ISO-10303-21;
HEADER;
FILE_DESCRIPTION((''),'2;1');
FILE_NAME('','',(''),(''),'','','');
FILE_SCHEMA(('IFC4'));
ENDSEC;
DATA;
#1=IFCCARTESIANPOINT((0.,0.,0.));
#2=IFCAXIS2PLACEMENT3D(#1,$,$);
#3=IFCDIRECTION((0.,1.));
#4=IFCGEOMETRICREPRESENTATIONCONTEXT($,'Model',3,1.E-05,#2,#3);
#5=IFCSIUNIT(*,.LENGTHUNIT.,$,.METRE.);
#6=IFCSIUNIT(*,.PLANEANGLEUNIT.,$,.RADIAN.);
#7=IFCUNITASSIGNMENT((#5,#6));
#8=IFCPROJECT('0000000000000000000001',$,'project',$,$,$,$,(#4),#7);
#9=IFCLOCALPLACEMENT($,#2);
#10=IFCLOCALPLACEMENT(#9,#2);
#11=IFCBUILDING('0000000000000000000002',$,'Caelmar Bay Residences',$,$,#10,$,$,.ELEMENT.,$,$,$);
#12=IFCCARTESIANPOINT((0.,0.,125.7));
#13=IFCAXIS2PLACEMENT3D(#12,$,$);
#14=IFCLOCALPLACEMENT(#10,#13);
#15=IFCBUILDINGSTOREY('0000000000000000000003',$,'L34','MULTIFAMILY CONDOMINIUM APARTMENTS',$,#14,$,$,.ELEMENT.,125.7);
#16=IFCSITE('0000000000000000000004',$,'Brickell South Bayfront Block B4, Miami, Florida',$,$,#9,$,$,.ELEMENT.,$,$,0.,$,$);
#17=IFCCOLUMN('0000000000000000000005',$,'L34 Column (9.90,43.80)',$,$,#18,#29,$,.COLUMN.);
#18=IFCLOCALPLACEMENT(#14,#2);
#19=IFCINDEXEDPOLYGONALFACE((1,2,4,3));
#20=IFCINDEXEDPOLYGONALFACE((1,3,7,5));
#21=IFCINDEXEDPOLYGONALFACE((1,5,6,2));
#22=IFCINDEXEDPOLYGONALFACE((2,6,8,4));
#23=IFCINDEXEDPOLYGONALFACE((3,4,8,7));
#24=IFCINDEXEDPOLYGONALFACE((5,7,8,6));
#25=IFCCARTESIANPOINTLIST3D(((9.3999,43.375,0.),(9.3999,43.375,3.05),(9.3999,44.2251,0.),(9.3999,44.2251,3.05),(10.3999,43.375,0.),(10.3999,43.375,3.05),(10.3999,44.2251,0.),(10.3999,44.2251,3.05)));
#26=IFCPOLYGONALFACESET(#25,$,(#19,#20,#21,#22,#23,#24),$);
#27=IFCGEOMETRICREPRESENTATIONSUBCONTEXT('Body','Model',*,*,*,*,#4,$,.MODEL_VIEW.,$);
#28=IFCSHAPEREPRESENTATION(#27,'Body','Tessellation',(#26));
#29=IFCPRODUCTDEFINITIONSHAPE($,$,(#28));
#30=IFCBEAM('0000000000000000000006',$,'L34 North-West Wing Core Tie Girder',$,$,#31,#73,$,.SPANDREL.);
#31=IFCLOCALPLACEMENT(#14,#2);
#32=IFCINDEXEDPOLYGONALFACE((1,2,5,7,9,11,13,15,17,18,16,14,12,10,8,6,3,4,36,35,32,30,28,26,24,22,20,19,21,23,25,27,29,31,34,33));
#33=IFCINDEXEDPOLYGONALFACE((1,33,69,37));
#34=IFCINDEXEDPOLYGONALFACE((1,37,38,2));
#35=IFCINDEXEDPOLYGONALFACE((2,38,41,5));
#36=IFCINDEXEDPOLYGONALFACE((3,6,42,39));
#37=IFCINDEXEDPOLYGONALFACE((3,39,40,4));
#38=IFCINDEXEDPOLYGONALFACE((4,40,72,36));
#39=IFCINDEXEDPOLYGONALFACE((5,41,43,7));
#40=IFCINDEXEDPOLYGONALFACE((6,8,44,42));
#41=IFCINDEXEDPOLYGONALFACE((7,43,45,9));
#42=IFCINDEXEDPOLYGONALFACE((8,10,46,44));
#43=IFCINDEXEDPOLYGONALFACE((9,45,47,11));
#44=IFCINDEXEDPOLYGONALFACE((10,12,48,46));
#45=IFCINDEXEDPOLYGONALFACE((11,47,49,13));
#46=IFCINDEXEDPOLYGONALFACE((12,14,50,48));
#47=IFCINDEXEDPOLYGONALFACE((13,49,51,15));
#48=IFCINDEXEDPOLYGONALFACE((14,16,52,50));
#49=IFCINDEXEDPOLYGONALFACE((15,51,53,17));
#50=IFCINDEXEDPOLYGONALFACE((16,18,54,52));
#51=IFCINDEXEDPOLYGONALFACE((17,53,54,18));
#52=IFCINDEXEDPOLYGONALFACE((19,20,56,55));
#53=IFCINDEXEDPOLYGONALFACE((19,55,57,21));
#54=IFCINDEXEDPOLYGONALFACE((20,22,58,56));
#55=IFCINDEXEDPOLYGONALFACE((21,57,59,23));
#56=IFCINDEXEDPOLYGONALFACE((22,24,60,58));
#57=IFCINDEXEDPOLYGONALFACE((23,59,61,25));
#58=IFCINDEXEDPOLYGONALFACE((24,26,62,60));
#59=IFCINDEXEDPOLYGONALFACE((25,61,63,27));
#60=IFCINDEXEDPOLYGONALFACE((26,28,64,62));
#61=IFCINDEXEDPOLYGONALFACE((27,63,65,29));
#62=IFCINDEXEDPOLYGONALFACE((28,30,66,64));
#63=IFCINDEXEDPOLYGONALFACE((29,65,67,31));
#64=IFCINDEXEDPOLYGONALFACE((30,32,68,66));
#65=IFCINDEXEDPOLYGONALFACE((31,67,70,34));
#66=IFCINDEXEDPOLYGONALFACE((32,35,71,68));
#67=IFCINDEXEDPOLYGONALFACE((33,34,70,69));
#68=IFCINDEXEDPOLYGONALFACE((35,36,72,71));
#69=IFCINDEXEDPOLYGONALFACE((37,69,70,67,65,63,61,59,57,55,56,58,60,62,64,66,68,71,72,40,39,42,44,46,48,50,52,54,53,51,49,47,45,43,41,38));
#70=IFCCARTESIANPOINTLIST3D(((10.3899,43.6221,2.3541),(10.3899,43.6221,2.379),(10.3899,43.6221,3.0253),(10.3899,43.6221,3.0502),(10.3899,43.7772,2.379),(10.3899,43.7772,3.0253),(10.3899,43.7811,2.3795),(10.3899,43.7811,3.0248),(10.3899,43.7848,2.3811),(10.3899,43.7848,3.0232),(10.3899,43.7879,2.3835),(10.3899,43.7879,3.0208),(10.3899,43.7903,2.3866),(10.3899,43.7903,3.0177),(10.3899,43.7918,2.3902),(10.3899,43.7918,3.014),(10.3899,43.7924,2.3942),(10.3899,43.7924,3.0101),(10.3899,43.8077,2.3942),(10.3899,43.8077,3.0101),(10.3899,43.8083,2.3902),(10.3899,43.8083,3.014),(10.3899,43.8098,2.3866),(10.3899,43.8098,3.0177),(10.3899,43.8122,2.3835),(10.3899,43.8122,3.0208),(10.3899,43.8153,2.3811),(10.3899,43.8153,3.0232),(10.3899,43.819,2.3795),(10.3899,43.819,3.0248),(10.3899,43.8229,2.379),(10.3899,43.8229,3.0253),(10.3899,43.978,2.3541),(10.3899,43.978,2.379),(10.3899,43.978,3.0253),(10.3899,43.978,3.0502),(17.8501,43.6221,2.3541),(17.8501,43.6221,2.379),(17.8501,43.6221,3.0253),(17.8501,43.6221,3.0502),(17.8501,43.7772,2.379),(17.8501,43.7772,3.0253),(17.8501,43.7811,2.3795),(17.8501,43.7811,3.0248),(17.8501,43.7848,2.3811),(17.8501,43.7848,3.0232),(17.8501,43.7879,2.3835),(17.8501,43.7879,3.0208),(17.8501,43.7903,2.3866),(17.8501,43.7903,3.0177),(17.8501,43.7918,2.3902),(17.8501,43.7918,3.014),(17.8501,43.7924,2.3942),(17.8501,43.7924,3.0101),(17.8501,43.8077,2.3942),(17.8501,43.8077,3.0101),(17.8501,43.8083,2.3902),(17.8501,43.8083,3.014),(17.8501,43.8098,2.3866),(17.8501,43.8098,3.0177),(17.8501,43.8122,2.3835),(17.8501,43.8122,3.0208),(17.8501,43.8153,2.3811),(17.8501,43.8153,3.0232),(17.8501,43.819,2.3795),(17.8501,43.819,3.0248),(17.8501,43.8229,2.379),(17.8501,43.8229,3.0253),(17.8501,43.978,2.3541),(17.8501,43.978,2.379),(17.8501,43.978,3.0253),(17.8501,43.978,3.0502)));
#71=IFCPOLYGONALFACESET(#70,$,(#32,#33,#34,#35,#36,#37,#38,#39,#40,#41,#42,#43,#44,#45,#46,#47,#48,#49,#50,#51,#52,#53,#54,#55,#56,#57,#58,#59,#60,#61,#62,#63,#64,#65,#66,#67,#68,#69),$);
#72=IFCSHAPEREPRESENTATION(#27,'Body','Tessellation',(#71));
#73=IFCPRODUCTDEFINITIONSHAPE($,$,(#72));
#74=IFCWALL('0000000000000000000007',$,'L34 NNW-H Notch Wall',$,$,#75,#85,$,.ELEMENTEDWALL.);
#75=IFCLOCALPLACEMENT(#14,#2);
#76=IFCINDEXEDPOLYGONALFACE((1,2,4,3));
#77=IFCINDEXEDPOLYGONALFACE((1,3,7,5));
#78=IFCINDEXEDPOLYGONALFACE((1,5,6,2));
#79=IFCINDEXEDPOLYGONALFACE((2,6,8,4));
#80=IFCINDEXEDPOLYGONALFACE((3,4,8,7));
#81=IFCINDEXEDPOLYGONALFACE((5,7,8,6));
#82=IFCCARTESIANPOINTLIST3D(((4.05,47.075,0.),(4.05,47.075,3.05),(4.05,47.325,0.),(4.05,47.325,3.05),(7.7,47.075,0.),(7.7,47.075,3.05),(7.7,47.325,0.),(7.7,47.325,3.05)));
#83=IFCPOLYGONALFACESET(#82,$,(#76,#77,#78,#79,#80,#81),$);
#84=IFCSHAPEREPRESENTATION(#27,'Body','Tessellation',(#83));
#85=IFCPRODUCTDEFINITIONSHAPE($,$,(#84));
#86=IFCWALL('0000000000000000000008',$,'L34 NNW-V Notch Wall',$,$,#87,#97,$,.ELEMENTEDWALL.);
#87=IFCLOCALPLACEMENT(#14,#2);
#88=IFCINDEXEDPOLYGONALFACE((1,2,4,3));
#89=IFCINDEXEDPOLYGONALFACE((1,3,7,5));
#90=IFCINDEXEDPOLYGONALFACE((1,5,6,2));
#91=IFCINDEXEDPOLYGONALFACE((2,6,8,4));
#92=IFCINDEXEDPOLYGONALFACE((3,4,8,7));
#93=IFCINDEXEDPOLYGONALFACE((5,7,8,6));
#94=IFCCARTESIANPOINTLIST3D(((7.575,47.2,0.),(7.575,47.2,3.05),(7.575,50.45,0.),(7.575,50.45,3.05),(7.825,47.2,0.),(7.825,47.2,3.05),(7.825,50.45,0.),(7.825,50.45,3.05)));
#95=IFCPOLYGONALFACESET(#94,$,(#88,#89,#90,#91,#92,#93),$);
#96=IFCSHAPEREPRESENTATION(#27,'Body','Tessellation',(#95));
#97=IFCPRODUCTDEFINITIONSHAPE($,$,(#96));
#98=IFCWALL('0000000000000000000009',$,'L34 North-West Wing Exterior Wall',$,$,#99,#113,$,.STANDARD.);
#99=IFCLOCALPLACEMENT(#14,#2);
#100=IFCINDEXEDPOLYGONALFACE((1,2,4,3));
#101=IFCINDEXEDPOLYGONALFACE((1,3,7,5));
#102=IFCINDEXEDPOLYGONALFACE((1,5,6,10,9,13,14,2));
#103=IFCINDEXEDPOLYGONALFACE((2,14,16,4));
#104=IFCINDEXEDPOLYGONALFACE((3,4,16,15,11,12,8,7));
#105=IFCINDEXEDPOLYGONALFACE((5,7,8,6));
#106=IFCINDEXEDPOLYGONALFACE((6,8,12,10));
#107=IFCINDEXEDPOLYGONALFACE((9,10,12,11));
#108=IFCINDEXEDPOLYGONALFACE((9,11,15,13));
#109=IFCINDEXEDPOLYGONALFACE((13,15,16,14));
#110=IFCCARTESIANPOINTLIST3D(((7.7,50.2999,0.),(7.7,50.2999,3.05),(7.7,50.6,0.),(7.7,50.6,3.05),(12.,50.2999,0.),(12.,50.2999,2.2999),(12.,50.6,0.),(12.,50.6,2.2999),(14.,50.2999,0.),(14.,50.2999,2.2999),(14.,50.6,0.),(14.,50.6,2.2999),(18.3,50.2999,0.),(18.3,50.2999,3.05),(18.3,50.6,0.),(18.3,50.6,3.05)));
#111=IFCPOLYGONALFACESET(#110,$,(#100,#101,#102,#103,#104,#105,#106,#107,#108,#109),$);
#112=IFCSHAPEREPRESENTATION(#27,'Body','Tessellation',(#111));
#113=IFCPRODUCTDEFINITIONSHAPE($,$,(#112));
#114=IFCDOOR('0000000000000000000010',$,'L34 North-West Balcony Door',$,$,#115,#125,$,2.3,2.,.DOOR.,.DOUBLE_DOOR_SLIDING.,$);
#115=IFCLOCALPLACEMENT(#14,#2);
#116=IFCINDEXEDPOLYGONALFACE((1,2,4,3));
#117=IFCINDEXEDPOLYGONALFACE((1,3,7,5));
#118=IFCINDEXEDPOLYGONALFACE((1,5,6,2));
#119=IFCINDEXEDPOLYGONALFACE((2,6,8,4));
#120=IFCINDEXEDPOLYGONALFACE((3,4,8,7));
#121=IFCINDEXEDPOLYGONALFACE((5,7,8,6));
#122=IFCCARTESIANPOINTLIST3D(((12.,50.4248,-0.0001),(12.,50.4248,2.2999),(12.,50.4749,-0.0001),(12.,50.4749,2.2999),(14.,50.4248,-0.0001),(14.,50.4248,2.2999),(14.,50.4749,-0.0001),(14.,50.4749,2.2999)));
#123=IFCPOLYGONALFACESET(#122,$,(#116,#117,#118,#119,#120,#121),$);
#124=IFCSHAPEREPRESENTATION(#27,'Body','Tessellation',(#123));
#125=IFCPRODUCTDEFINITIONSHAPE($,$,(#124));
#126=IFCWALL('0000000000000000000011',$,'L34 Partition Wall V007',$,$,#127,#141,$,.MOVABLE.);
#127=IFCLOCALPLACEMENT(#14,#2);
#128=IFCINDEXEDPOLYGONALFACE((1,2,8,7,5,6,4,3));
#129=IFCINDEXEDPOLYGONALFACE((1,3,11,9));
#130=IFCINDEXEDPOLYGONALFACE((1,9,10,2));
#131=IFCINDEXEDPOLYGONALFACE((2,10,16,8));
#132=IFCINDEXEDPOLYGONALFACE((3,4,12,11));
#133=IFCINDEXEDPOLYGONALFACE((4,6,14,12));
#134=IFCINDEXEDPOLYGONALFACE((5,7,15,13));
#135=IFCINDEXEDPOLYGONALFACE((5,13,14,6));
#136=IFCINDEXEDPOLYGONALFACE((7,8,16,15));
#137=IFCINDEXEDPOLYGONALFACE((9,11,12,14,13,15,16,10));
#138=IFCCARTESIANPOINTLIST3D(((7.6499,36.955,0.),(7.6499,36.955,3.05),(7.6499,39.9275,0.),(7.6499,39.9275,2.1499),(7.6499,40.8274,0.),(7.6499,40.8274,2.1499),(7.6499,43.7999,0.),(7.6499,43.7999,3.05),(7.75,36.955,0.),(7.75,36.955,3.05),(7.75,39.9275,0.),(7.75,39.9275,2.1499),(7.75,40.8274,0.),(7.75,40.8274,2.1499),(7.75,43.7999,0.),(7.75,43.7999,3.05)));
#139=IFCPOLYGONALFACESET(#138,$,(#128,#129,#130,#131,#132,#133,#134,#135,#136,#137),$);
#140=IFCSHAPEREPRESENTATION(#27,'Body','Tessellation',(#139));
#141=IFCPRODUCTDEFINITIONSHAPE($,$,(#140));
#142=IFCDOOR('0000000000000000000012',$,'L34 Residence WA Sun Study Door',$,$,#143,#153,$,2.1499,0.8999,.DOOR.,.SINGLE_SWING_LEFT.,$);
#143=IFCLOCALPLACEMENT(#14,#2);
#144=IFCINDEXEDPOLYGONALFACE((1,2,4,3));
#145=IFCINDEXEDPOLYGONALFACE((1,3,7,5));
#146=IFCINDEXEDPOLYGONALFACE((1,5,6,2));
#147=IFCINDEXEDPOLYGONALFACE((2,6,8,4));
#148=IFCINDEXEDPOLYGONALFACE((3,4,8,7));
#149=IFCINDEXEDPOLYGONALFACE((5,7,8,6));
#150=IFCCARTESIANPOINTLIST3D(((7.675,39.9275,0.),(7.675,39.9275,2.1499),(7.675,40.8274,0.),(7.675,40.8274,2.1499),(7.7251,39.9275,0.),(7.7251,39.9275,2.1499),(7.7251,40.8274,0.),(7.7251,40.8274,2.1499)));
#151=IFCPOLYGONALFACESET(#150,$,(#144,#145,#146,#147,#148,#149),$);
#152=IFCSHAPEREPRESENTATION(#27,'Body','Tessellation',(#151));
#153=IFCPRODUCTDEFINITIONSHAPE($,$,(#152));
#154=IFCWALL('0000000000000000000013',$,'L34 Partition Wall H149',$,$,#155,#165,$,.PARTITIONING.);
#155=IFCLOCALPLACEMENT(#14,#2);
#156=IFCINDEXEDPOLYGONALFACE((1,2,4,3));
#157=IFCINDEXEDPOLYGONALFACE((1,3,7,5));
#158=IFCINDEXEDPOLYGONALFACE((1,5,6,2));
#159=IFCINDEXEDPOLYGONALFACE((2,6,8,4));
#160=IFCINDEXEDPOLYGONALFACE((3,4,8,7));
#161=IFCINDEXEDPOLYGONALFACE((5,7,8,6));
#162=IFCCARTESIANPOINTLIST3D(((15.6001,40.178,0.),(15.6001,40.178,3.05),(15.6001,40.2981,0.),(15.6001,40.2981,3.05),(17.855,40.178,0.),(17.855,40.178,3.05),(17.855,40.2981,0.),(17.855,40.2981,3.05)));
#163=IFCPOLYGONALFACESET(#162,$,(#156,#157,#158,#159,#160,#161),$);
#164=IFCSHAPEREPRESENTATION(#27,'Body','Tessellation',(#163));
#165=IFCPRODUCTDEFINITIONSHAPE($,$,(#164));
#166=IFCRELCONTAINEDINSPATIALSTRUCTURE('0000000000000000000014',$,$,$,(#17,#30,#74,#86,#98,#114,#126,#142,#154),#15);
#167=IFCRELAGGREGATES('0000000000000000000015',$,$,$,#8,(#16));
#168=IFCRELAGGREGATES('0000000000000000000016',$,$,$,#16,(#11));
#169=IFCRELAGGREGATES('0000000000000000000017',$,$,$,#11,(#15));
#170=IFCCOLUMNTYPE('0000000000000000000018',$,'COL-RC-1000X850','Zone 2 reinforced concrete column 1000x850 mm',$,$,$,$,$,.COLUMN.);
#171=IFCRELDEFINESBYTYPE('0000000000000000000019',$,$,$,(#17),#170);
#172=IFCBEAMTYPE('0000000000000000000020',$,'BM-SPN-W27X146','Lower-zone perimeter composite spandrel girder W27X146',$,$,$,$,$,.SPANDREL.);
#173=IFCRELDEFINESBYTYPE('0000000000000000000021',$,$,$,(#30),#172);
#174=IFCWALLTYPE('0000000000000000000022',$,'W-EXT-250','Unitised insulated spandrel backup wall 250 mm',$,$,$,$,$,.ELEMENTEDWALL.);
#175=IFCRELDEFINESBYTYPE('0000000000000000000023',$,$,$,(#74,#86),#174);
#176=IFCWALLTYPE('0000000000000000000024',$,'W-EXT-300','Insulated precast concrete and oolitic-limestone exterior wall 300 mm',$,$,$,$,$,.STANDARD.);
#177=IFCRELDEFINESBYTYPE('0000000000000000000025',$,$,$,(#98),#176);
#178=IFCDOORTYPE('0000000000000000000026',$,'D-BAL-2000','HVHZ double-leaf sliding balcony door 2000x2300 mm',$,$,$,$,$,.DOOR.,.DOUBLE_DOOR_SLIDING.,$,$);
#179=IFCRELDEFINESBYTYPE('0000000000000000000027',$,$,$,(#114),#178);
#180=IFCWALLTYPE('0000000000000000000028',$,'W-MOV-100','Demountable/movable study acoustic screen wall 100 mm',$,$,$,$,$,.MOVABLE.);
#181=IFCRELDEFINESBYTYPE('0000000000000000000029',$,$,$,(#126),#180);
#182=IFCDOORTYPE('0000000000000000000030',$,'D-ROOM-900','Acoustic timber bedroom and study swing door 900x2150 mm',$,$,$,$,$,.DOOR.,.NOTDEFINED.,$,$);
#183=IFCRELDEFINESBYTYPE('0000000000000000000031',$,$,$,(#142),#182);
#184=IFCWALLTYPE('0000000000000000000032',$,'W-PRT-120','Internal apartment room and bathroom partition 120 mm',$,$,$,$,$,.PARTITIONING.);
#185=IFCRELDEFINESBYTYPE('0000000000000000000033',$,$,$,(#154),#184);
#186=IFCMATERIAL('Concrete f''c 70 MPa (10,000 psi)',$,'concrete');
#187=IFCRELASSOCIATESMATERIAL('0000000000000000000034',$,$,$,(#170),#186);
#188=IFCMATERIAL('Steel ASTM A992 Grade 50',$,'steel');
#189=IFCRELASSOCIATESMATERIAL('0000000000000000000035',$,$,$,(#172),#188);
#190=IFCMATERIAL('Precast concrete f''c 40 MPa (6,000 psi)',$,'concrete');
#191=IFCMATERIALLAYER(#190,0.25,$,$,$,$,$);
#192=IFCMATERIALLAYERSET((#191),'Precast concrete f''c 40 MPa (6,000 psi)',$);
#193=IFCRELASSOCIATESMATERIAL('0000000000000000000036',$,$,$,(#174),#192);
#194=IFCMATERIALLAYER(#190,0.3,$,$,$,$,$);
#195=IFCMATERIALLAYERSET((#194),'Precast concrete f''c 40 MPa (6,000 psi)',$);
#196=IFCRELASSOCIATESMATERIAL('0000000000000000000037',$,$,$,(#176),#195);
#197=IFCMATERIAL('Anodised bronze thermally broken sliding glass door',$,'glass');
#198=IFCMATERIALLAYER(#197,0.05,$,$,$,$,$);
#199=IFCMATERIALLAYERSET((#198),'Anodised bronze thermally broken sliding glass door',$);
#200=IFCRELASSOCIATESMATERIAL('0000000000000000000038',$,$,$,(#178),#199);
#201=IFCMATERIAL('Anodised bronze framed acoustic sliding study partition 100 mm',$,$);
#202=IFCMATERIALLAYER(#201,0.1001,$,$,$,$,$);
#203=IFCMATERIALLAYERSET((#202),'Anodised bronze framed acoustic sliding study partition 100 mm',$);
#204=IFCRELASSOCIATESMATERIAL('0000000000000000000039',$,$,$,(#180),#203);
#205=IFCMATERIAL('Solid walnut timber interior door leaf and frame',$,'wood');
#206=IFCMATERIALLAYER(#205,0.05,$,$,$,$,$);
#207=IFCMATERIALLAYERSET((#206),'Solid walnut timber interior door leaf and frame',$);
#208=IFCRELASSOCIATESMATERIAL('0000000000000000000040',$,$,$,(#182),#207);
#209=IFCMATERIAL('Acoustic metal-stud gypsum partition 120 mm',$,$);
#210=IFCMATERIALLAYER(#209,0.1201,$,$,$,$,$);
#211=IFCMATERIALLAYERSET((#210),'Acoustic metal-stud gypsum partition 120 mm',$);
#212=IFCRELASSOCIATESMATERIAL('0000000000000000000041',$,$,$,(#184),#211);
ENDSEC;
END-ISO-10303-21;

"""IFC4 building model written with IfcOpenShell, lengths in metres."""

from ifc_helpers import new_model, si_unit, direction, frame, frame_2d, origin, origin_2d, place, context, subcontext, project, spatial, rectangle, i_section, extrude, material, layer, layer_set, material_profile, profile_set, type_object, element, fill, save


model = new_model("IFC4")

# Units and contexts
model_context = context("Model", 3, precision=1e-05, world=origin(), true_north=direction((0.0, 1.0)))
body_context = subcontext(model_context, "Body", "Model", "MODEL_VIEW")
ifc_project = project(units=[si_unit("LENGTHUNIT", "METRE"), si_unit("PLANEANGLEUNIT", "RADIAN")], contexts=[model_context])

# Site, building, storey
site_placement = place(None, origin())
site = spatial("IfcSite", under=ifc_project, at=site_placement, Name="Brickell South Bayfront Block B4, Miami, Florida", CompositionType="ELEMENT", RefElevation=0.0)
building_placement = place(site_placement, origin())
building = spatial("IfcBuilding", under=site, at=building_placement, Name="Caelmar Bay Residences", CompositionType="ELEMENT")
storey_placement = place(building_placement, frame((0.0, 0.0, 125.7)))
storey = spatial("IfcBuildingStorey", under=building, at=storey_placement, Name="L34", Description="MULTIFAMILY CONDOMINIUM APARTMENTS", CompositionType="ELEMENT", Elevation=125.7)

# Column
ifc_material_1 = material(Name="Concrete f'c 70 MPa (10,000 psi)", Category="concrete")
ifc_material_profile_1 = material_profile(ifc_material_1, rectangle(XDim=1.0, YDim=0.8501, at=origin_2d()), Name="RC-COL-1000X850")
ifc_profile_set_1 = profile_set([ifc_material_profile_1], Name="Concrete f'c 70 MPa (10,000 psi)")
column_type = type_object("IfcColumnType", Name="COL-RC-1000X850", Description="Zone 2 reinforced concrete column 1000x850 mm", PredefinedType="COLUMN", material=ifc_profile_set_1)
column_placement = place(storey_placement, frame((9.8999, 43.8, 0.0), z_axis=(0.0, 0.0, 1.0), x_axis=(1.0, 0.0, 0.0)))
element("IfcColumn", 1, at=column_placement, inside=storey, type_object=column_type, Name="L34 Column (9.90,43.80)", PredefinedType="COLUMN", context=body_context, shape_type="SweptSolid", body=[
    extrude(rectangle(XDim=1.0, YDim=0.8501, at=origin_2d()), origin(), (0.0, 0.0, 1.0), 3.05),
])

# Beam
ifc_material_2 = material(Name="Steel ASTM A992 Grade 50", Category="steel")
ifc_material_profile_2 = material_profile(ifc_material_2, i_section(OverallWidth=0.356, OverallDepth=0.696, WebThickness=0.0154, FlangeThickness=0.0249, FilletRadius=0.0151, at=origin_2d()), Name="W27X146")
ifc_profile_set_2 = profile_set([ifc_material_profile_2], Name="Steel ASTM A992 Grade 50")
beam_type = type_object("IfcBeamType", Name="BM-SPN-W27X146", Description="Lower-zone perimeter composite spandrel girder W27X146", PredefinedType="SPANDREL", material=ifc_profile_set_2)
beam_placement = place(storey_placement, frame((10.3899, 43.8, 2.7021), z_axis=(1.0, 0.0, 0.0), x_axis=(0.0, 1.0, 0.0)))
element("IfcBeam", 2, at=beam_placement, inside=storey, type_object=beam_type, Name="L34 North-West Wing Core Tie Girder", PredefinedType="SPANDREL", context=body_context, shape_type="SweptSolid", body=[
    extrude(i_section(OverallWidth=0.356, OverallDepth=0.696, WebThickness=0.0154, FlangeThickness=0.0249, FilletRadius=0.0151, at=origin_2d()), origin(), (0.0, 0.0, 1.0), 7.4602),
])

# Walls
ifc_material_3 = material(Name="Precast concrete f'c 40 MPa (6,000 psi)", Category="concrete")
ifc_layer_1 = layer(ifc_material_3, 0.25)
ifc_layer_set_1 = layer_set([ifc_layer_1], Name="Precast concrete f'c 40 MPa (6,000 psi)")
wall_type_1 = type_object("IfcWallType", Name="W-EXT-250", Description="Unitised insulated spandrel backup wall 250 mm", PredefinedType="ELEMENTEDWALL", material=ifc_layer_set_1)
wall_1_placement = place(storey_placement, frame((4.05, 47.2, 0.0), z_axis=(0.0, 0.0, 1.0), x_axis=(1.0, 0.0, 0.0)))
element("IfcWall", 3, at=wall_1_placement, inside=storey, type_object=wall_type_1, Name="L34 NNW-H Notch Wall", PredefinedType="ELEMENTEDWALL", context=body_context, shape_type="SweptSolid", body=[
    extrude(rectangle(XDim=3.6499, YDim=0.25, at=frame_2d((1.825, 0.0))), origin(), (0.0, 0.0, 1.0), 3.05),
])
wall_2_placement = place(storey_placement, frame((7.7, 47.2, 0.0), z_axis=(0.0, 0.0, 1.0), x_axis=(0.0, 1.0, 0.0)))
element("IfcWall", 4, at=wall_2_placement, inside=storey, type_object=wall_type_1, Name="L34 NNW-V Notch Wall", PredefinedType="ELEMENTEDWALL", context=body_context, shape_type="SweptSolid", body=[
    extrude(rectangle(XDim=3.25, YDim=0.25, at=frame_2d((1.625, 0.0))), origin(), (0.0, 0.0, 1.0), 3.05),
])

# Walls, openings, doors
ifc_layer_2 = layer(ifc_material_3, 0.3)
ifc_layer_set_2 = layer_set([ifc_layer_2], Name="Precast concrete f'c 40 MPa (6,000 psi)")
wall_type_2 = type_object("IfcWallType", Name="W-EXT-300", Description="Insulated precast concrete and oolitic-limestone exterior wall 300 mm", PredefinedType="STANDARD", material=ifc_layer_set_2)
wall_3_placement = place(storey_placement, frame((7.7, 50.45, 0.0), z_axis=(0.0, 0.0, 1.0), x_axis=(1.0, 0.0, 0.0)))
wall_3 = element("IfcWall", 5, at=wall_3_placement, inside=storey, type_object=wall_type_2, Name="L34 North-West Wing Exterior Wall", PredefinedType="STANDARD", context=body_context, shape_type="SweptSolid", body=[
    extrude(rectangle(XDim=10.6001, YDim=0.3, at=frame_2d((5.3, 0.0))), origin(), (0.0, 0.0, 1.0), 3.05),
])
opening_1_placement = place(wall_3_placement, frame((4.3, 0.0, 0.0)))
opening_1 = element("IfcOpeningElement", 6, at=opening_1_placement, cuts=wall_3, PredefinedType="OPENING", context=body_context, shape_type="SweptSolid", body=[
    extrude(rectangle(XDim=2.0, YDim=2.3, at=frame_2d((1.0, 1.1499))), frame((0.0, 0.1599, 0.0), z_axis=(0.0, -1.0, 0.0), x_axis=(1.0, 0.0, 0.0)), (0.0, 0.0, 1.0), 0.3201),
])
ifc_material_4 = material(Name="Anodised bronze thermally broken sliding glass door", Category="glass")
ifc_layer_3 = layer(ifc_material_4, 0.05)
ifc_layer_set_3 = layer_set([ifc_layer_3], Name="Anodised bronze thermally broken sliding glass door")
door_type_1 = type_object("IfcDoorType", Name="D-BAL-2000", Description="HVHZ double-leaf sliding balcony door 2000x2300 mm", OperationType="DOUBLE_DOOR_SLIDING", PredefinedType="DOOR", material=ifc_layer_set_3)
door_1_placement = place(opening_1_placement, origin())
door_1 = element("IfcDoor", 7, at=door_1_placement, inside=storey, type_object=door_type_1, Name="L34 North-West Balcony Door", OperationType="DOUBLE_DOOR_SLIDING", OverallHeight=2.3, OverallWidth=2.0, PredefinedType="DOOR", context=body_context, shape_type="SweptSolid", body=[
    extrude(rectangle(XDim=2.0, YDim=2.3, at=frame_2d((1.0, 1.1499))), frame((0.0, 0.0249, 0.0), z_axis=(0.0, -1.0, 0.0), x_axis=(1.0, 0.0, 0.0)), (0.0, 0.0, 1.0), 0.05),
])
fill(opening_1, door_1)
ifc_material_5 = material(Name="Anodised bronze framed acoustic sliding study partition 100 mm")
ifc_layer_4 = layer(ifc_material_5, 0.1001)
ifc_layer_set_4 = layer_set([ifc_layer_4], Name="Anodised bronze framed acoustic sliding study partition 100 mm")
wall_type_3 = type_object("IfcWallType", Name="W-MOV-100", Description="Demountable/movable study acoustic screen wall 100 mm", PredefinedType="MOVABLE", material=ifc_layer_set_4)
wall_4_placement = place(storey_placement, frame((7.7, 36.9551, 0.0), z_axis=(0.0, 0.0, 1.0), x_axis=(0.0, 1.0, 0.0)))
wall_4 = element("IfcWall", 8, at=wall_4_placement, inside=storey, type_object=wall_type_3, Name="L34 Partition Wall V007", PredefinedType="MOVABLE", context=body_context, shape_type="SweptSolid", body=[
    extrude(rectangle(XDim=6.845, YDim=0.1001, at=frame_2d((3.4224, 0.0))), origin(), (0.0, 0.0, 1.0), 3.05),
])
opening_2_placement = place(wall_4_placement, frame((2.9724, 0.0, 0.0)))
opening_2 = element("IfcOpeningElement", 9, at=opening_2_placement, cuts=wall_4, PredefinedType="OPENING", context=body_context, shape_type="SweptSolid", body=[
    extrude(rectangle(XDim=0.8999, YDim=2.1499, at=frame_2d((0.45, 1.075))), frame((0.0, 0.0601, 0.0), z_axis=(0.0, -1.0, 0.0), x_axis=(1.0, 0.0, 0.0)), (0.0, 0.0, 1.0), 0.1201),
])
ifc_material_6 = material(Name="Solid walnut timber interior door leaf and frame", Category="wood")
ifc_layer_5 = layer(ifc_material_6, 0.05)
ifc_layer_set_5 = layer_set([ifc_layer_5], Name="Solid walnut timber interior door leaf and frame")
door_type_2 = type_object("IfcDoorType", Name="D-ROOM-900", Description="Acoustic timber bedroom and study swing door 900x2150 mm", OperationType="NOTDEFINED", PredefinedType="DOOR", material=ifc_layer_set_5)
door_2_placement = place(opening_2_placement, origin())
door_2 = element("IfcDoor", 10, at=door_2_placement, inside=storey, type_object=door_type_2, Name="L34 Residence WA Sun Study Door", OperationType="SINGLE_SWING_LEFT", OverallHeight=2.1499, OverallWidth=0.8999, PredefinedType="DOOR", context=body_context, shape_type="SweptSolid", body=[
    extrude(rectangle(XDim=0.8999, YDim=2.1499, at=frame_2d((0.45, 1.075))), frame((0.0, 0.0249, 0.0), z_axis=(0.0, -1.0, 0.0), x_axis=(1.0, 0.0, 0.0)), (0.0, 0.0, 1.0), 0.05),
])
fill(opening_2, door_2)
ifc_material_7 = material(Name="Acoustic metal-stud gypsum partition 120 mm")
ifc_layer_6 = layer(ifc_material_7, 0.1201)
ifc_layer_set_6 = layer_set([ifc_layer_6], Name="Acoustic metal-stud gypsum partition 120 mm")
wall_type_4 = type_object("IfcWallType", Name="W-PRT-120", Description="Internal apartment room and bathroom partition 120 mm", PredefinedType="PARTITIONING", material=ifc_layer_set_6)

# Wall
wall_5_placement = place(storey_placement, frame((15.6001, 40.238, 0.0), z_axis=(0.0, 0.0, 1.0), x_axis=(1.0, 0.0, 0.0)))
element("IfcWall", 11, at=wall_5_placement, inside=storey, type_object=wall_type_4, Name="L34 Partition Wall H149", PredefinedType="PARTITIONING", context=body_context, shape_type="SweptSolid", body=[
    extrude(rectangle(XDim=2.2549, YDim=0.1201, at=frame_2d((1.1274, 0.0))), origin(), (0.0, 0.0, 1.0), 3.05),
])

save(model, "model.ifc")
